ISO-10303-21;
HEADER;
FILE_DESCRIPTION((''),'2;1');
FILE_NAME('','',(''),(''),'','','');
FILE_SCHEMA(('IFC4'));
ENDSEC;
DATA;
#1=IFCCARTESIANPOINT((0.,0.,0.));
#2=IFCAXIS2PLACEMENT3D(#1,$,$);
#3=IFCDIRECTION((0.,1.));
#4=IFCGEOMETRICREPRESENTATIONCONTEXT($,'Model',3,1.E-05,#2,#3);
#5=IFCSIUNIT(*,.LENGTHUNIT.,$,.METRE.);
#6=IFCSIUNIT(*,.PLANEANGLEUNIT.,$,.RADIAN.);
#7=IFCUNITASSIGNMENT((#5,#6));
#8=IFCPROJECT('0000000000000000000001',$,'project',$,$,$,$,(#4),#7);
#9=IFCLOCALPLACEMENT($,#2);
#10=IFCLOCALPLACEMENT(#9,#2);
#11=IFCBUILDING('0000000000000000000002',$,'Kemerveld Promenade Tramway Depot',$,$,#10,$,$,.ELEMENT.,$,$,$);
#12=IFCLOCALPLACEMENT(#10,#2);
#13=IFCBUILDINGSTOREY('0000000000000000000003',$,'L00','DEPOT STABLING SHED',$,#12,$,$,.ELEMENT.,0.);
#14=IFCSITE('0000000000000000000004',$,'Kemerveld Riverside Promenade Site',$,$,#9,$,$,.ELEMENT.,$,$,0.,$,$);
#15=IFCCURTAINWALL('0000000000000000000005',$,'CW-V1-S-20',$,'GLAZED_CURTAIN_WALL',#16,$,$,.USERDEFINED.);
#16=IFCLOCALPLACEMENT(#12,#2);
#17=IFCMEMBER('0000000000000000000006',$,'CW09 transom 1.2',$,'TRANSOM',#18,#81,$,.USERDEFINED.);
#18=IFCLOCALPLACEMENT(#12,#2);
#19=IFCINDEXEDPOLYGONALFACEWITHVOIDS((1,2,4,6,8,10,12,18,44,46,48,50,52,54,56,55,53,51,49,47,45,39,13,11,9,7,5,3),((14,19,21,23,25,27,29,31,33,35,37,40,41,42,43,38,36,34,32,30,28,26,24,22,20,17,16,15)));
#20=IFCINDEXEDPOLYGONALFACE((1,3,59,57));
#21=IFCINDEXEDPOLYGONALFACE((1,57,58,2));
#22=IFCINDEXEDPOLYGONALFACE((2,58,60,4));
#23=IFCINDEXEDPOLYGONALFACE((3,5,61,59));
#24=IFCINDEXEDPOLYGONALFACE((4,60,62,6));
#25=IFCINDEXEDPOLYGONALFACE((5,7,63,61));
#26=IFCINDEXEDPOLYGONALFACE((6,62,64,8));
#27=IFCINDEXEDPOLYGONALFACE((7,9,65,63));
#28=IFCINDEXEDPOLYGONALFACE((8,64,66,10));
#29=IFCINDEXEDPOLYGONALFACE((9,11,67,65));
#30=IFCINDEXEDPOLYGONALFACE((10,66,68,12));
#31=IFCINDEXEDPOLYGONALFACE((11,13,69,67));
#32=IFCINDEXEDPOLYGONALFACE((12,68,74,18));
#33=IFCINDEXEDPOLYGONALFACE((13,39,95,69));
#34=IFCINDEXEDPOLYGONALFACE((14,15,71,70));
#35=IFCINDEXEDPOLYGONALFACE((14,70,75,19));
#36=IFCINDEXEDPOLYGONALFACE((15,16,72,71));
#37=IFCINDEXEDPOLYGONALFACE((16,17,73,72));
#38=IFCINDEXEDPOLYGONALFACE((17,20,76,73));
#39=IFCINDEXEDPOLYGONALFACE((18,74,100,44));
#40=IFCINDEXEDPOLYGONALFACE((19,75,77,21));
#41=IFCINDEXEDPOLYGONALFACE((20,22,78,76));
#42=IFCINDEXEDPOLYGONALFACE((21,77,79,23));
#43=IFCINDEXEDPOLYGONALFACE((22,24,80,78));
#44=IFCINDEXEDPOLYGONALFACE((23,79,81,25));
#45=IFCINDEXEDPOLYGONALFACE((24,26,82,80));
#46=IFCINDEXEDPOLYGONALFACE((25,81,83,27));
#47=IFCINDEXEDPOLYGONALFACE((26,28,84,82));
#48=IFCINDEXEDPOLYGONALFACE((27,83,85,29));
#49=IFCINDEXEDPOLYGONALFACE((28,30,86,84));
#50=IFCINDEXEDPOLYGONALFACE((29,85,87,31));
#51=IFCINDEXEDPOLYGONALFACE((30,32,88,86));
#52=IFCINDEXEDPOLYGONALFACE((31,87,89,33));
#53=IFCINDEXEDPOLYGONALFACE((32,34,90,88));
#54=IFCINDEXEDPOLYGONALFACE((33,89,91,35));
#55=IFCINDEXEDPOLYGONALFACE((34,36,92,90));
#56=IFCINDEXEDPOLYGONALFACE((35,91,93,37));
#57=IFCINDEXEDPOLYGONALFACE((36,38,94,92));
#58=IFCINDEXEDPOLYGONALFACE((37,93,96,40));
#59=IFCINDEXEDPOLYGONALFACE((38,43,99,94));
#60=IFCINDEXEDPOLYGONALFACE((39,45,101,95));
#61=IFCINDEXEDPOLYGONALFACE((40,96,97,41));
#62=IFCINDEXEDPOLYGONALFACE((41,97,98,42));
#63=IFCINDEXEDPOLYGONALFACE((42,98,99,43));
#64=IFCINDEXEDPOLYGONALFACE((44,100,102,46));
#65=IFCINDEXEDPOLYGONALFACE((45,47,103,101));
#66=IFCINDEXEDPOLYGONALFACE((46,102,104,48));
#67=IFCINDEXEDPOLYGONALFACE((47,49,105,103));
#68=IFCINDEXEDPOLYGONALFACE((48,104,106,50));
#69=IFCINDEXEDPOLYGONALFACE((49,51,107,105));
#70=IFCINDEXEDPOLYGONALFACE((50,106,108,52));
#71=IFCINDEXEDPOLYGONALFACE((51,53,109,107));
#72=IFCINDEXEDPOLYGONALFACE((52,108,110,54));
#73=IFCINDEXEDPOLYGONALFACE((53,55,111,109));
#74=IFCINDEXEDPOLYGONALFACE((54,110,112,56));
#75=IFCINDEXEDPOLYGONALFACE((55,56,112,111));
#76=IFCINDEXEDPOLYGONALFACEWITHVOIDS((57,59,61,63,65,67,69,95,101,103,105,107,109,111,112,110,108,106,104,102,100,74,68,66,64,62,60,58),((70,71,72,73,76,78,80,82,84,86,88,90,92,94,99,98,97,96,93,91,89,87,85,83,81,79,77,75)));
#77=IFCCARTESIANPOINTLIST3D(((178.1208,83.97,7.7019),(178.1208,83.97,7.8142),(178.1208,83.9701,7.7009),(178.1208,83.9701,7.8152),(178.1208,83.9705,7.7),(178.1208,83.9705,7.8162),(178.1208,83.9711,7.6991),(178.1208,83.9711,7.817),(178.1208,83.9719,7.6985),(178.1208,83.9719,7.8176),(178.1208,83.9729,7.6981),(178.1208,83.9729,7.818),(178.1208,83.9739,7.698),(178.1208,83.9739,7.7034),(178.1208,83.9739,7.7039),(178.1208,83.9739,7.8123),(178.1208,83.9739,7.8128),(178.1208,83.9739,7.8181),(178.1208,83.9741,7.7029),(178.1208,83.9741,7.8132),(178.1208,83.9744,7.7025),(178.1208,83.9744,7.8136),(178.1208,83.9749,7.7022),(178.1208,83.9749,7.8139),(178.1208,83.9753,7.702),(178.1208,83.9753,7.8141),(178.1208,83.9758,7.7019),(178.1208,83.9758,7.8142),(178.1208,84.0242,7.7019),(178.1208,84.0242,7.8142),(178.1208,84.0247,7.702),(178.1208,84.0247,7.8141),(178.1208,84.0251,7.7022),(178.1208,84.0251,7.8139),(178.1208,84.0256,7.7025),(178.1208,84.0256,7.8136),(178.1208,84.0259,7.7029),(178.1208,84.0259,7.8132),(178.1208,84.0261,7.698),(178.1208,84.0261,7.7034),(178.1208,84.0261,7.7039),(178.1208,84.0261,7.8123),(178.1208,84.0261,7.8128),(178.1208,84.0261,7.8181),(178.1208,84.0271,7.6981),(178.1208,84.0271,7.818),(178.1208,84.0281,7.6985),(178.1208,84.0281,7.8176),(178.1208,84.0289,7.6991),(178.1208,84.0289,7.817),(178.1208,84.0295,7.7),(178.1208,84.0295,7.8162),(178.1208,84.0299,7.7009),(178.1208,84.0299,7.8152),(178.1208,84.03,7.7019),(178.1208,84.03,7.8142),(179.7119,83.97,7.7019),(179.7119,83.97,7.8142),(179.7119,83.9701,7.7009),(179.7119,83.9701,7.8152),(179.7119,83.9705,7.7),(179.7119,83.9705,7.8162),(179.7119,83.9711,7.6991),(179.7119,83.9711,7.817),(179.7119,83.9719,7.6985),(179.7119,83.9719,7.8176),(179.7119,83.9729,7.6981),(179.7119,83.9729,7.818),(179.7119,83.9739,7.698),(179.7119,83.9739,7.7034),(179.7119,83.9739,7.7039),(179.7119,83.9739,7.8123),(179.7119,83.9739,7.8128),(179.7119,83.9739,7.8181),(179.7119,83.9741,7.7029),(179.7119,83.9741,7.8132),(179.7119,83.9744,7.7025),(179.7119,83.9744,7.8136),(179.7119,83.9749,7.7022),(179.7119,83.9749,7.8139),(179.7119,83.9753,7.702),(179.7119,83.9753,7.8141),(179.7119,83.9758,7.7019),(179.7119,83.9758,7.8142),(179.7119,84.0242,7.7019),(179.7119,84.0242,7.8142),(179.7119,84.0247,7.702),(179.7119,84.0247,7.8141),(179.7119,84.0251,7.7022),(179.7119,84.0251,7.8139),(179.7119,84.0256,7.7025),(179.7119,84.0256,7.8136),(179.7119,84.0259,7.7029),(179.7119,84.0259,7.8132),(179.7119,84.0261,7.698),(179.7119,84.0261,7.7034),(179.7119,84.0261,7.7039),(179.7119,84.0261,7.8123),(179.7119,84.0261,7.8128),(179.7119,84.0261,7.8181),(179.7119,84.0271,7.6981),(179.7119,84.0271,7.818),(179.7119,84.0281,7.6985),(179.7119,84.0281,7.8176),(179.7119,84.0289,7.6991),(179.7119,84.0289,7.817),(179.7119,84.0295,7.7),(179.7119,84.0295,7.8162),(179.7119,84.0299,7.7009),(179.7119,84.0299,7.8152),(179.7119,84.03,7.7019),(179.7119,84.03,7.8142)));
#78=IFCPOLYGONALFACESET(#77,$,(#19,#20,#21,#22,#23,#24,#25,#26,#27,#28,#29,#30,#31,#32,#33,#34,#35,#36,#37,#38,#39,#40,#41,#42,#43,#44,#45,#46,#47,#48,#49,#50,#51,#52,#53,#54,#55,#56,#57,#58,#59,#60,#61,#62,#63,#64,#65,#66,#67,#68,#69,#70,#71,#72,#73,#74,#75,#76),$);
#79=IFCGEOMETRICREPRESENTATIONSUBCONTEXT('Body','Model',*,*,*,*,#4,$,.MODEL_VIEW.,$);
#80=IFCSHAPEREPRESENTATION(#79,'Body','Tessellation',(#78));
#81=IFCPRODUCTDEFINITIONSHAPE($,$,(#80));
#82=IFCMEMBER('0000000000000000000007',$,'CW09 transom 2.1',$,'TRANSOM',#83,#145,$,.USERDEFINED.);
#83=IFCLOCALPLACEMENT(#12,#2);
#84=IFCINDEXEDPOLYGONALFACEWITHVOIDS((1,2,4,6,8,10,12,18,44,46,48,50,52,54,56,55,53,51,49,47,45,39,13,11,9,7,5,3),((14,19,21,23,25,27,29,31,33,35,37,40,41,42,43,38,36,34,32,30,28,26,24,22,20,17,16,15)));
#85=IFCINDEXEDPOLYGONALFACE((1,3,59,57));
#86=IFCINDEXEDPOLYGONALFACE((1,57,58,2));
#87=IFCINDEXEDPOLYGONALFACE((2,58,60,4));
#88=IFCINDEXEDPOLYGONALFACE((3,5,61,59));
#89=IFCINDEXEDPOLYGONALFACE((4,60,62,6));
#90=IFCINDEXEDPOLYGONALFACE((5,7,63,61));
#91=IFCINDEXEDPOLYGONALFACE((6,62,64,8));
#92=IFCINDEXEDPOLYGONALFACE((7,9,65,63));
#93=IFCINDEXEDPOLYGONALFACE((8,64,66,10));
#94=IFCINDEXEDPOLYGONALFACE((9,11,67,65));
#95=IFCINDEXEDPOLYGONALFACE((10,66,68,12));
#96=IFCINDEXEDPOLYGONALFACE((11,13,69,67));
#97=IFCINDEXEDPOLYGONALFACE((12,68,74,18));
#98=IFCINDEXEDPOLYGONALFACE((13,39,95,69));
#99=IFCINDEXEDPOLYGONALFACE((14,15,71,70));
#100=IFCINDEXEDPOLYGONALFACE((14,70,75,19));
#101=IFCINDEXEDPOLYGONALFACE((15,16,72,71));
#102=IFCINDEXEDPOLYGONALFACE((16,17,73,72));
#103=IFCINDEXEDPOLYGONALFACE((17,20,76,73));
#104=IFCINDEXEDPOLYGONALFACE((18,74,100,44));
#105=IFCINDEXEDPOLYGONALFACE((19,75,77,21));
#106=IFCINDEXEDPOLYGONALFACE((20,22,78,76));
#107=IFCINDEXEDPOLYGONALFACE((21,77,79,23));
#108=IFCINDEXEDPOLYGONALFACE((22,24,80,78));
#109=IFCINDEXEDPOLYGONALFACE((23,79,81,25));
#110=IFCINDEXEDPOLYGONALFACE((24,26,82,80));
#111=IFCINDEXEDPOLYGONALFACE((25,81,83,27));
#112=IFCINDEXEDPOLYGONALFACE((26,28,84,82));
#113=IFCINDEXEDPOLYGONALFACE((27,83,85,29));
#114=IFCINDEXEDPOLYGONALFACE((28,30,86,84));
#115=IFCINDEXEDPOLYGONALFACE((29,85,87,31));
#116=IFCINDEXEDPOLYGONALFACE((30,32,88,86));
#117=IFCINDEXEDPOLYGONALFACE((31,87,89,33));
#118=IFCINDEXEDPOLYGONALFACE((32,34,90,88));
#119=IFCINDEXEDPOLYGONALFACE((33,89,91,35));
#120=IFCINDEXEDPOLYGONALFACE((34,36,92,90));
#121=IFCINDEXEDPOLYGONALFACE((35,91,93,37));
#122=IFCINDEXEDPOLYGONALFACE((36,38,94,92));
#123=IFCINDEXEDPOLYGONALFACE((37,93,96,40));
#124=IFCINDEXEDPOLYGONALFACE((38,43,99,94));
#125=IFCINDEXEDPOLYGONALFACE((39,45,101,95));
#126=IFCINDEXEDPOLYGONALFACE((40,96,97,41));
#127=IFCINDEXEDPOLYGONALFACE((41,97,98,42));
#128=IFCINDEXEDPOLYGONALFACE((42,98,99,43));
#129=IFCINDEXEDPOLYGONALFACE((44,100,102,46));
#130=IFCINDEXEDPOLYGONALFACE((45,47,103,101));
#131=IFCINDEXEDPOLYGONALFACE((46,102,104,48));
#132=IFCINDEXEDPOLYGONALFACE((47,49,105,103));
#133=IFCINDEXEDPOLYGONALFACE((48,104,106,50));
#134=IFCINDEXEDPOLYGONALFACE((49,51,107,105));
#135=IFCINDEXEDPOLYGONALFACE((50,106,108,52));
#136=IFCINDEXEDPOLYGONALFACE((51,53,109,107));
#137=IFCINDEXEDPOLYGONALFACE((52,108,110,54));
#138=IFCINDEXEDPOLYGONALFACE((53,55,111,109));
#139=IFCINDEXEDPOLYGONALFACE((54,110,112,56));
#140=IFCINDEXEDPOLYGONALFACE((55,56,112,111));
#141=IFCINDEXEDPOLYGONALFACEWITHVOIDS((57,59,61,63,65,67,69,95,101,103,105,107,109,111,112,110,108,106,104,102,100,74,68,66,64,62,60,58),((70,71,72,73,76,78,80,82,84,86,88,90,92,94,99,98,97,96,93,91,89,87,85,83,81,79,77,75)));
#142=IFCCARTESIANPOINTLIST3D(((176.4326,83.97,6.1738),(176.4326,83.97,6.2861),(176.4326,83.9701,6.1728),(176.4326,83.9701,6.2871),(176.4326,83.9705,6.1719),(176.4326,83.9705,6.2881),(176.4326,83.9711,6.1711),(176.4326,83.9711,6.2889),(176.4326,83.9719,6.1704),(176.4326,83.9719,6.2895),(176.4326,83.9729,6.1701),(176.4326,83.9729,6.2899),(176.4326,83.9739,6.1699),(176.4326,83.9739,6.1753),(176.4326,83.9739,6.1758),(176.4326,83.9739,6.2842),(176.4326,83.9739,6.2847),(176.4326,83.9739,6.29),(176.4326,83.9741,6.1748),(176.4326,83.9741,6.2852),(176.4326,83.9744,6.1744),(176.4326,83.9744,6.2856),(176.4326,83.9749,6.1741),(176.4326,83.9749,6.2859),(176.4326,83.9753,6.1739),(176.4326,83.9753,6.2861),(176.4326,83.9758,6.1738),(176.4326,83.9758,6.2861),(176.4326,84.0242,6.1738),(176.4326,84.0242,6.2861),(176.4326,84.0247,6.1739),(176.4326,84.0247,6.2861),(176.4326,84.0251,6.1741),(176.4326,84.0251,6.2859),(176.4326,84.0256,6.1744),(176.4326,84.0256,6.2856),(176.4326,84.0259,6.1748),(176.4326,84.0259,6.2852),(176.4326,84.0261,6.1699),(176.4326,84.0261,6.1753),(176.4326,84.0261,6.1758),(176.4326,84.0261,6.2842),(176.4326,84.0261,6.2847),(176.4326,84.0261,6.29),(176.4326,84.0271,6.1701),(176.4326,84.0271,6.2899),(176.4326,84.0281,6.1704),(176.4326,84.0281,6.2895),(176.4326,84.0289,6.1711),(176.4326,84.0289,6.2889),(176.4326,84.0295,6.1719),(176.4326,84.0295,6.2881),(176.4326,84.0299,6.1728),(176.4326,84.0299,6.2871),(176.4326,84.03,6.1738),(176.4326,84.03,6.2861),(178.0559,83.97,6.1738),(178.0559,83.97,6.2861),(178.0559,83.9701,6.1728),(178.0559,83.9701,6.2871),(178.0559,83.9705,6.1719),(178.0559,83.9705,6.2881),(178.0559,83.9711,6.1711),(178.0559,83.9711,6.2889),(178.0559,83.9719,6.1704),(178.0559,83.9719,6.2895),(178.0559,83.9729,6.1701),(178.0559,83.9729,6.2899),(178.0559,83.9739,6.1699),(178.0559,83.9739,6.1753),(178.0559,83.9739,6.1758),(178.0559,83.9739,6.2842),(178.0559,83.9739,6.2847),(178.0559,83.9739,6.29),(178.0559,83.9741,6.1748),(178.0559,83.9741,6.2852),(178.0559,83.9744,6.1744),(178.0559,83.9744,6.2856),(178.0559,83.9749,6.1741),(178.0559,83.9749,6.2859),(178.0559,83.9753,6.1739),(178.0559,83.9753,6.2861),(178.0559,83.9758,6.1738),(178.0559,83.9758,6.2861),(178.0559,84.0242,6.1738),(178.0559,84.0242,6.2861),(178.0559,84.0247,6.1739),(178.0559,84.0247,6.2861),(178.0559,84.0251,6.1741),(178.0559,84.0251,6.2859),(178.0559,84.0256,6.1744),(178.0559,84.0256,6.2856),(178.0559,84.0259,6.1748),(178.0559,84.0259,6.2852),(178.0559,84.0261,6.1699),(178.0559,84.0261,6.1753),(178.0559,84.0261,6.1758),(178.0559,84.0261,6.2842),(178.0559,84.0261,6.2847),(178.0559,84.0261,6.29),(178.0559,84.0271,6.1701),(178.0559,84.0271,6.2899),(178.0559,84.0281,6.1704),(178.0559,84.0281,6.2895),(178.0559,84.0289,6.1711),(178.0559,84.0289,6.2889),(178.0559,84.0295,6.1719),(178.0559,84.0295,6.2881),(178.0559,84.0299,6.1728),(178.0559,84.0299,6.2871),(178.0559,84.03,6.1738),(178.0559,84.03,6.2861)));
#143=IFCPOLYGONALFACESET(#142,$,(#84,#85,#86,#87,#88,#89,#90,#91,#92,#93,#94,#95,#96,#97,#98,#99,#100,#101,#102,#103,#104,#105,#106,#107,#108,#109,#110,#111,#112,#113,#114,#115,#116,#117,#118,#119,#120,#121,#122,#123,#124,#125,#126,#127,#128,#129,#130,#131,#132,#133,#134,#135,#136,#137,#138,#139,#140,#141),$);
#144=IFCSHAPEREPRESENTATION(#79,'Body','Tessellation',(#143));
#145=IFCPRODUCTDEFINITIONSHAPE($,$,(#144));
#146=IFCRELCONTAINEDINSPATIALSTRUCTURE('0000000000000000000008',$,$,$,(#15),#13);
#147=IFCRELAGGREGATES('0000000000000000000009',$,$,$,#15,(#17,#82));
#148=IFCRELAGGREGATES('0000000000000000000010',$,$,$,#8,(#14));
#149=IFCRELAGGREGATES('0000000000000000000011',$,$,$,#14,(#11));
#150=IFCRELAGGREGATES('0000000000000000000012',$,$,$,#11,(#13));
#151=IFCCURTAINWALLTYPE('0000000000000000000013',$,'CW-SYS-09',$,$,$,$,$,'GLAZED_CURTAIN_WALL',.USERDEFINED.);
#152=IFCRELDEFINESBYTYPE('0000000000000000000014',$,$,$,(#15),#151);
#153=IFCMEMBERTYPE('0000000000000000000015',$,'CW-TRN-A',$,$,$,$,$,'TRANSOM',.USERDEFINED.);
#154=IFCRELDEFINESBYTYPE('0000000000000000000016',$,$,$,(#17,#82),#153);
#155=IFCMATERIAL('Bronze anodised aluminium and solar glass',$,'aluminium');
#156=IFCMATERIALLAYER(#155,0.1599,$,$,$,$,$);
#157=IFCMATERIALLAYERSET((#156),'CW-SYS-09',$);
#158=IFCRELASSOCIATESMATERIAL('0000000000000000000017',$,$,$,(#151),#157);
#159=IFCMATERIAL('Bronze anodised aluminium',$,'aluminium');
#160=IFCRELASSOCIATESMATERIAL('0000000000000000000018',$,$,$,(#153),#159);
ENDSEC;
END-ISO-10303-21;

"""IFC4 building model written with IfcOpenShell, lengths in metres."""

from ifc_helpers import new_model, si_unit, direction, frame, origin, origin_2d, place, context, subcontext, project, spatial, hollow_rectangle, extrude, material, layer, layer_set, material_profile, profile_set, type_object, element, aggregate, save


model = new_model("IFC4")

# Units and contexts
model_context = context("Model", 3, precision=1e-05, world=origin(), true_north=direction((0.0, 1.0)))
body_context = subcontext(model_context, "Body", "Model", "MODEL_VIEW")
ifc_project = project(units=[si_unit("LENGTHUNIT", "METRE"), si_unit("PLANEANGLEUNIT", "RADIAN")], contexts=[model_context])

# Site, building, storey
site_placement = place(None, origin())
site = spatial("IfcSite", under=ifc_project, at=site_placement, Name="Kemerveld Riverside Promenade Site", CompositionType="ELEMENT", RefElevation=0.0)
building_placement = place(site_placement, origin())
building = spatial("IfcBuilding", under=site, at=building_placement, Name="Kemerveld Promenade Tramway Depot", CompositionType="ELEMENT")
storey_placement = place(building_placement, origin())
storey = spatial("IfcBuildingStorey", under=building, at=storey_placement, Name="L00", Description="DEPOT STABLING SHED", CompositionType="ELEMENT", Elevation=0.0)

# Curtain wall
ifc_material_1 = material(Name="Bronze anodised aluminium and solar glass", Category="aluminium")
ifc_layer_1 = layer(ifc_material_1, 0.1599)
ifc_layer_set_1 = layer_set([ifc_layer_1], Name="CW-SYS-09")
curtain_wall_type_1 = type_object("IfcCurtainWallType", Name="CW-SYS-09", ElementType="GLAZED_CURTAIN_WALL", PredefinedType="USERDEFINED", material=ifc_layer_set_1)
curtain_wall_1_placement = place(storey_placement, origin())
curtain_wall_1 = element("IfcCurtainWall", 1, at=curtain_wall_1_placement, inside=storey, type_object=curtain_wall_type_1, Name="CW-V1-S-20", ObjectType="GLAZED_CURTAIN_WALL", PredefinedType="USERDEFINED")
ifc_material_2 = material(Name="Bronze anodised aluminium", Category="aluminium")

# Members
ifc_material_profile_1 = material_profile(ifc_material_2, hollow_rectangle(XDim=0.0601, YDim=0.1201, WallThickness=0.0039, InnerFilletRadius=0.002, OuterFilletRadius=0.0039, at=origin_2d()), Name="CW-TRN-120x60")
ifc_profile_set_1 = profile_set([ifc_material_profile_1], Name="Bronze anodised aluminium")
member_type_1 = type_object("IfcMemberType", Name="CW-TRN-A", ElementType="TRANSOM", PredefinedType="USERDEFINED", material=ifc_profile_set_1)
member_1_placement = place(storey_placement, frame((179.7119, 84.0, 7.7581), z_axis=(-1.0, 0.0, 0.0), x_axis=(0.0, -1.0, 0.0)))
member_1 = element("IfcMember", 2, at=member_1_placement, type_object=member_type_1, Name="CW09 transom 1.2", ObjectType="TRANSOM", PredefinedType="USERDEFINED", context=body_context, shape_type="SweptSolid", body=[
    extrude(hollow_rectangle(XDim=0.0601, YDim=0.1201, WallThickness=0.0039, InnerFilletRadius=0.002, OuterFilletRadius=0.0039, at=origin_2d()), origin(), (0.0, 0.0, 1.0), 1.5911),
])
member_2_placement = place(storey_placement, frame((178.0559, 84.0, 6.23), z_axis=(-1.0, 0.0, 0.0), x_axis=(0.0, -1.0, 0.0)))
member_2 = element("IfcMember", 3, at=member_2_placement, type_object=member_type_1, Name="CW09 transom 2.1", ObjectType="TRANSOM", PredefinedType="USERDEFINED", context=body_context, shape_type="SweptSolid", body=[
    extrude(hollow_rectangle(XDim=0.0601, YDim=0.1201, WallThickness=0.0039, InnerFilletRadius=0.002, OuterFilletRadius=0.0039, at=origin_2d()), origin(), (0.0, 0.0, 1.0), 1.6233),
])

aggregate(curtain_wall_1, [member_1, member_2])

save(model, "model.ifc")
